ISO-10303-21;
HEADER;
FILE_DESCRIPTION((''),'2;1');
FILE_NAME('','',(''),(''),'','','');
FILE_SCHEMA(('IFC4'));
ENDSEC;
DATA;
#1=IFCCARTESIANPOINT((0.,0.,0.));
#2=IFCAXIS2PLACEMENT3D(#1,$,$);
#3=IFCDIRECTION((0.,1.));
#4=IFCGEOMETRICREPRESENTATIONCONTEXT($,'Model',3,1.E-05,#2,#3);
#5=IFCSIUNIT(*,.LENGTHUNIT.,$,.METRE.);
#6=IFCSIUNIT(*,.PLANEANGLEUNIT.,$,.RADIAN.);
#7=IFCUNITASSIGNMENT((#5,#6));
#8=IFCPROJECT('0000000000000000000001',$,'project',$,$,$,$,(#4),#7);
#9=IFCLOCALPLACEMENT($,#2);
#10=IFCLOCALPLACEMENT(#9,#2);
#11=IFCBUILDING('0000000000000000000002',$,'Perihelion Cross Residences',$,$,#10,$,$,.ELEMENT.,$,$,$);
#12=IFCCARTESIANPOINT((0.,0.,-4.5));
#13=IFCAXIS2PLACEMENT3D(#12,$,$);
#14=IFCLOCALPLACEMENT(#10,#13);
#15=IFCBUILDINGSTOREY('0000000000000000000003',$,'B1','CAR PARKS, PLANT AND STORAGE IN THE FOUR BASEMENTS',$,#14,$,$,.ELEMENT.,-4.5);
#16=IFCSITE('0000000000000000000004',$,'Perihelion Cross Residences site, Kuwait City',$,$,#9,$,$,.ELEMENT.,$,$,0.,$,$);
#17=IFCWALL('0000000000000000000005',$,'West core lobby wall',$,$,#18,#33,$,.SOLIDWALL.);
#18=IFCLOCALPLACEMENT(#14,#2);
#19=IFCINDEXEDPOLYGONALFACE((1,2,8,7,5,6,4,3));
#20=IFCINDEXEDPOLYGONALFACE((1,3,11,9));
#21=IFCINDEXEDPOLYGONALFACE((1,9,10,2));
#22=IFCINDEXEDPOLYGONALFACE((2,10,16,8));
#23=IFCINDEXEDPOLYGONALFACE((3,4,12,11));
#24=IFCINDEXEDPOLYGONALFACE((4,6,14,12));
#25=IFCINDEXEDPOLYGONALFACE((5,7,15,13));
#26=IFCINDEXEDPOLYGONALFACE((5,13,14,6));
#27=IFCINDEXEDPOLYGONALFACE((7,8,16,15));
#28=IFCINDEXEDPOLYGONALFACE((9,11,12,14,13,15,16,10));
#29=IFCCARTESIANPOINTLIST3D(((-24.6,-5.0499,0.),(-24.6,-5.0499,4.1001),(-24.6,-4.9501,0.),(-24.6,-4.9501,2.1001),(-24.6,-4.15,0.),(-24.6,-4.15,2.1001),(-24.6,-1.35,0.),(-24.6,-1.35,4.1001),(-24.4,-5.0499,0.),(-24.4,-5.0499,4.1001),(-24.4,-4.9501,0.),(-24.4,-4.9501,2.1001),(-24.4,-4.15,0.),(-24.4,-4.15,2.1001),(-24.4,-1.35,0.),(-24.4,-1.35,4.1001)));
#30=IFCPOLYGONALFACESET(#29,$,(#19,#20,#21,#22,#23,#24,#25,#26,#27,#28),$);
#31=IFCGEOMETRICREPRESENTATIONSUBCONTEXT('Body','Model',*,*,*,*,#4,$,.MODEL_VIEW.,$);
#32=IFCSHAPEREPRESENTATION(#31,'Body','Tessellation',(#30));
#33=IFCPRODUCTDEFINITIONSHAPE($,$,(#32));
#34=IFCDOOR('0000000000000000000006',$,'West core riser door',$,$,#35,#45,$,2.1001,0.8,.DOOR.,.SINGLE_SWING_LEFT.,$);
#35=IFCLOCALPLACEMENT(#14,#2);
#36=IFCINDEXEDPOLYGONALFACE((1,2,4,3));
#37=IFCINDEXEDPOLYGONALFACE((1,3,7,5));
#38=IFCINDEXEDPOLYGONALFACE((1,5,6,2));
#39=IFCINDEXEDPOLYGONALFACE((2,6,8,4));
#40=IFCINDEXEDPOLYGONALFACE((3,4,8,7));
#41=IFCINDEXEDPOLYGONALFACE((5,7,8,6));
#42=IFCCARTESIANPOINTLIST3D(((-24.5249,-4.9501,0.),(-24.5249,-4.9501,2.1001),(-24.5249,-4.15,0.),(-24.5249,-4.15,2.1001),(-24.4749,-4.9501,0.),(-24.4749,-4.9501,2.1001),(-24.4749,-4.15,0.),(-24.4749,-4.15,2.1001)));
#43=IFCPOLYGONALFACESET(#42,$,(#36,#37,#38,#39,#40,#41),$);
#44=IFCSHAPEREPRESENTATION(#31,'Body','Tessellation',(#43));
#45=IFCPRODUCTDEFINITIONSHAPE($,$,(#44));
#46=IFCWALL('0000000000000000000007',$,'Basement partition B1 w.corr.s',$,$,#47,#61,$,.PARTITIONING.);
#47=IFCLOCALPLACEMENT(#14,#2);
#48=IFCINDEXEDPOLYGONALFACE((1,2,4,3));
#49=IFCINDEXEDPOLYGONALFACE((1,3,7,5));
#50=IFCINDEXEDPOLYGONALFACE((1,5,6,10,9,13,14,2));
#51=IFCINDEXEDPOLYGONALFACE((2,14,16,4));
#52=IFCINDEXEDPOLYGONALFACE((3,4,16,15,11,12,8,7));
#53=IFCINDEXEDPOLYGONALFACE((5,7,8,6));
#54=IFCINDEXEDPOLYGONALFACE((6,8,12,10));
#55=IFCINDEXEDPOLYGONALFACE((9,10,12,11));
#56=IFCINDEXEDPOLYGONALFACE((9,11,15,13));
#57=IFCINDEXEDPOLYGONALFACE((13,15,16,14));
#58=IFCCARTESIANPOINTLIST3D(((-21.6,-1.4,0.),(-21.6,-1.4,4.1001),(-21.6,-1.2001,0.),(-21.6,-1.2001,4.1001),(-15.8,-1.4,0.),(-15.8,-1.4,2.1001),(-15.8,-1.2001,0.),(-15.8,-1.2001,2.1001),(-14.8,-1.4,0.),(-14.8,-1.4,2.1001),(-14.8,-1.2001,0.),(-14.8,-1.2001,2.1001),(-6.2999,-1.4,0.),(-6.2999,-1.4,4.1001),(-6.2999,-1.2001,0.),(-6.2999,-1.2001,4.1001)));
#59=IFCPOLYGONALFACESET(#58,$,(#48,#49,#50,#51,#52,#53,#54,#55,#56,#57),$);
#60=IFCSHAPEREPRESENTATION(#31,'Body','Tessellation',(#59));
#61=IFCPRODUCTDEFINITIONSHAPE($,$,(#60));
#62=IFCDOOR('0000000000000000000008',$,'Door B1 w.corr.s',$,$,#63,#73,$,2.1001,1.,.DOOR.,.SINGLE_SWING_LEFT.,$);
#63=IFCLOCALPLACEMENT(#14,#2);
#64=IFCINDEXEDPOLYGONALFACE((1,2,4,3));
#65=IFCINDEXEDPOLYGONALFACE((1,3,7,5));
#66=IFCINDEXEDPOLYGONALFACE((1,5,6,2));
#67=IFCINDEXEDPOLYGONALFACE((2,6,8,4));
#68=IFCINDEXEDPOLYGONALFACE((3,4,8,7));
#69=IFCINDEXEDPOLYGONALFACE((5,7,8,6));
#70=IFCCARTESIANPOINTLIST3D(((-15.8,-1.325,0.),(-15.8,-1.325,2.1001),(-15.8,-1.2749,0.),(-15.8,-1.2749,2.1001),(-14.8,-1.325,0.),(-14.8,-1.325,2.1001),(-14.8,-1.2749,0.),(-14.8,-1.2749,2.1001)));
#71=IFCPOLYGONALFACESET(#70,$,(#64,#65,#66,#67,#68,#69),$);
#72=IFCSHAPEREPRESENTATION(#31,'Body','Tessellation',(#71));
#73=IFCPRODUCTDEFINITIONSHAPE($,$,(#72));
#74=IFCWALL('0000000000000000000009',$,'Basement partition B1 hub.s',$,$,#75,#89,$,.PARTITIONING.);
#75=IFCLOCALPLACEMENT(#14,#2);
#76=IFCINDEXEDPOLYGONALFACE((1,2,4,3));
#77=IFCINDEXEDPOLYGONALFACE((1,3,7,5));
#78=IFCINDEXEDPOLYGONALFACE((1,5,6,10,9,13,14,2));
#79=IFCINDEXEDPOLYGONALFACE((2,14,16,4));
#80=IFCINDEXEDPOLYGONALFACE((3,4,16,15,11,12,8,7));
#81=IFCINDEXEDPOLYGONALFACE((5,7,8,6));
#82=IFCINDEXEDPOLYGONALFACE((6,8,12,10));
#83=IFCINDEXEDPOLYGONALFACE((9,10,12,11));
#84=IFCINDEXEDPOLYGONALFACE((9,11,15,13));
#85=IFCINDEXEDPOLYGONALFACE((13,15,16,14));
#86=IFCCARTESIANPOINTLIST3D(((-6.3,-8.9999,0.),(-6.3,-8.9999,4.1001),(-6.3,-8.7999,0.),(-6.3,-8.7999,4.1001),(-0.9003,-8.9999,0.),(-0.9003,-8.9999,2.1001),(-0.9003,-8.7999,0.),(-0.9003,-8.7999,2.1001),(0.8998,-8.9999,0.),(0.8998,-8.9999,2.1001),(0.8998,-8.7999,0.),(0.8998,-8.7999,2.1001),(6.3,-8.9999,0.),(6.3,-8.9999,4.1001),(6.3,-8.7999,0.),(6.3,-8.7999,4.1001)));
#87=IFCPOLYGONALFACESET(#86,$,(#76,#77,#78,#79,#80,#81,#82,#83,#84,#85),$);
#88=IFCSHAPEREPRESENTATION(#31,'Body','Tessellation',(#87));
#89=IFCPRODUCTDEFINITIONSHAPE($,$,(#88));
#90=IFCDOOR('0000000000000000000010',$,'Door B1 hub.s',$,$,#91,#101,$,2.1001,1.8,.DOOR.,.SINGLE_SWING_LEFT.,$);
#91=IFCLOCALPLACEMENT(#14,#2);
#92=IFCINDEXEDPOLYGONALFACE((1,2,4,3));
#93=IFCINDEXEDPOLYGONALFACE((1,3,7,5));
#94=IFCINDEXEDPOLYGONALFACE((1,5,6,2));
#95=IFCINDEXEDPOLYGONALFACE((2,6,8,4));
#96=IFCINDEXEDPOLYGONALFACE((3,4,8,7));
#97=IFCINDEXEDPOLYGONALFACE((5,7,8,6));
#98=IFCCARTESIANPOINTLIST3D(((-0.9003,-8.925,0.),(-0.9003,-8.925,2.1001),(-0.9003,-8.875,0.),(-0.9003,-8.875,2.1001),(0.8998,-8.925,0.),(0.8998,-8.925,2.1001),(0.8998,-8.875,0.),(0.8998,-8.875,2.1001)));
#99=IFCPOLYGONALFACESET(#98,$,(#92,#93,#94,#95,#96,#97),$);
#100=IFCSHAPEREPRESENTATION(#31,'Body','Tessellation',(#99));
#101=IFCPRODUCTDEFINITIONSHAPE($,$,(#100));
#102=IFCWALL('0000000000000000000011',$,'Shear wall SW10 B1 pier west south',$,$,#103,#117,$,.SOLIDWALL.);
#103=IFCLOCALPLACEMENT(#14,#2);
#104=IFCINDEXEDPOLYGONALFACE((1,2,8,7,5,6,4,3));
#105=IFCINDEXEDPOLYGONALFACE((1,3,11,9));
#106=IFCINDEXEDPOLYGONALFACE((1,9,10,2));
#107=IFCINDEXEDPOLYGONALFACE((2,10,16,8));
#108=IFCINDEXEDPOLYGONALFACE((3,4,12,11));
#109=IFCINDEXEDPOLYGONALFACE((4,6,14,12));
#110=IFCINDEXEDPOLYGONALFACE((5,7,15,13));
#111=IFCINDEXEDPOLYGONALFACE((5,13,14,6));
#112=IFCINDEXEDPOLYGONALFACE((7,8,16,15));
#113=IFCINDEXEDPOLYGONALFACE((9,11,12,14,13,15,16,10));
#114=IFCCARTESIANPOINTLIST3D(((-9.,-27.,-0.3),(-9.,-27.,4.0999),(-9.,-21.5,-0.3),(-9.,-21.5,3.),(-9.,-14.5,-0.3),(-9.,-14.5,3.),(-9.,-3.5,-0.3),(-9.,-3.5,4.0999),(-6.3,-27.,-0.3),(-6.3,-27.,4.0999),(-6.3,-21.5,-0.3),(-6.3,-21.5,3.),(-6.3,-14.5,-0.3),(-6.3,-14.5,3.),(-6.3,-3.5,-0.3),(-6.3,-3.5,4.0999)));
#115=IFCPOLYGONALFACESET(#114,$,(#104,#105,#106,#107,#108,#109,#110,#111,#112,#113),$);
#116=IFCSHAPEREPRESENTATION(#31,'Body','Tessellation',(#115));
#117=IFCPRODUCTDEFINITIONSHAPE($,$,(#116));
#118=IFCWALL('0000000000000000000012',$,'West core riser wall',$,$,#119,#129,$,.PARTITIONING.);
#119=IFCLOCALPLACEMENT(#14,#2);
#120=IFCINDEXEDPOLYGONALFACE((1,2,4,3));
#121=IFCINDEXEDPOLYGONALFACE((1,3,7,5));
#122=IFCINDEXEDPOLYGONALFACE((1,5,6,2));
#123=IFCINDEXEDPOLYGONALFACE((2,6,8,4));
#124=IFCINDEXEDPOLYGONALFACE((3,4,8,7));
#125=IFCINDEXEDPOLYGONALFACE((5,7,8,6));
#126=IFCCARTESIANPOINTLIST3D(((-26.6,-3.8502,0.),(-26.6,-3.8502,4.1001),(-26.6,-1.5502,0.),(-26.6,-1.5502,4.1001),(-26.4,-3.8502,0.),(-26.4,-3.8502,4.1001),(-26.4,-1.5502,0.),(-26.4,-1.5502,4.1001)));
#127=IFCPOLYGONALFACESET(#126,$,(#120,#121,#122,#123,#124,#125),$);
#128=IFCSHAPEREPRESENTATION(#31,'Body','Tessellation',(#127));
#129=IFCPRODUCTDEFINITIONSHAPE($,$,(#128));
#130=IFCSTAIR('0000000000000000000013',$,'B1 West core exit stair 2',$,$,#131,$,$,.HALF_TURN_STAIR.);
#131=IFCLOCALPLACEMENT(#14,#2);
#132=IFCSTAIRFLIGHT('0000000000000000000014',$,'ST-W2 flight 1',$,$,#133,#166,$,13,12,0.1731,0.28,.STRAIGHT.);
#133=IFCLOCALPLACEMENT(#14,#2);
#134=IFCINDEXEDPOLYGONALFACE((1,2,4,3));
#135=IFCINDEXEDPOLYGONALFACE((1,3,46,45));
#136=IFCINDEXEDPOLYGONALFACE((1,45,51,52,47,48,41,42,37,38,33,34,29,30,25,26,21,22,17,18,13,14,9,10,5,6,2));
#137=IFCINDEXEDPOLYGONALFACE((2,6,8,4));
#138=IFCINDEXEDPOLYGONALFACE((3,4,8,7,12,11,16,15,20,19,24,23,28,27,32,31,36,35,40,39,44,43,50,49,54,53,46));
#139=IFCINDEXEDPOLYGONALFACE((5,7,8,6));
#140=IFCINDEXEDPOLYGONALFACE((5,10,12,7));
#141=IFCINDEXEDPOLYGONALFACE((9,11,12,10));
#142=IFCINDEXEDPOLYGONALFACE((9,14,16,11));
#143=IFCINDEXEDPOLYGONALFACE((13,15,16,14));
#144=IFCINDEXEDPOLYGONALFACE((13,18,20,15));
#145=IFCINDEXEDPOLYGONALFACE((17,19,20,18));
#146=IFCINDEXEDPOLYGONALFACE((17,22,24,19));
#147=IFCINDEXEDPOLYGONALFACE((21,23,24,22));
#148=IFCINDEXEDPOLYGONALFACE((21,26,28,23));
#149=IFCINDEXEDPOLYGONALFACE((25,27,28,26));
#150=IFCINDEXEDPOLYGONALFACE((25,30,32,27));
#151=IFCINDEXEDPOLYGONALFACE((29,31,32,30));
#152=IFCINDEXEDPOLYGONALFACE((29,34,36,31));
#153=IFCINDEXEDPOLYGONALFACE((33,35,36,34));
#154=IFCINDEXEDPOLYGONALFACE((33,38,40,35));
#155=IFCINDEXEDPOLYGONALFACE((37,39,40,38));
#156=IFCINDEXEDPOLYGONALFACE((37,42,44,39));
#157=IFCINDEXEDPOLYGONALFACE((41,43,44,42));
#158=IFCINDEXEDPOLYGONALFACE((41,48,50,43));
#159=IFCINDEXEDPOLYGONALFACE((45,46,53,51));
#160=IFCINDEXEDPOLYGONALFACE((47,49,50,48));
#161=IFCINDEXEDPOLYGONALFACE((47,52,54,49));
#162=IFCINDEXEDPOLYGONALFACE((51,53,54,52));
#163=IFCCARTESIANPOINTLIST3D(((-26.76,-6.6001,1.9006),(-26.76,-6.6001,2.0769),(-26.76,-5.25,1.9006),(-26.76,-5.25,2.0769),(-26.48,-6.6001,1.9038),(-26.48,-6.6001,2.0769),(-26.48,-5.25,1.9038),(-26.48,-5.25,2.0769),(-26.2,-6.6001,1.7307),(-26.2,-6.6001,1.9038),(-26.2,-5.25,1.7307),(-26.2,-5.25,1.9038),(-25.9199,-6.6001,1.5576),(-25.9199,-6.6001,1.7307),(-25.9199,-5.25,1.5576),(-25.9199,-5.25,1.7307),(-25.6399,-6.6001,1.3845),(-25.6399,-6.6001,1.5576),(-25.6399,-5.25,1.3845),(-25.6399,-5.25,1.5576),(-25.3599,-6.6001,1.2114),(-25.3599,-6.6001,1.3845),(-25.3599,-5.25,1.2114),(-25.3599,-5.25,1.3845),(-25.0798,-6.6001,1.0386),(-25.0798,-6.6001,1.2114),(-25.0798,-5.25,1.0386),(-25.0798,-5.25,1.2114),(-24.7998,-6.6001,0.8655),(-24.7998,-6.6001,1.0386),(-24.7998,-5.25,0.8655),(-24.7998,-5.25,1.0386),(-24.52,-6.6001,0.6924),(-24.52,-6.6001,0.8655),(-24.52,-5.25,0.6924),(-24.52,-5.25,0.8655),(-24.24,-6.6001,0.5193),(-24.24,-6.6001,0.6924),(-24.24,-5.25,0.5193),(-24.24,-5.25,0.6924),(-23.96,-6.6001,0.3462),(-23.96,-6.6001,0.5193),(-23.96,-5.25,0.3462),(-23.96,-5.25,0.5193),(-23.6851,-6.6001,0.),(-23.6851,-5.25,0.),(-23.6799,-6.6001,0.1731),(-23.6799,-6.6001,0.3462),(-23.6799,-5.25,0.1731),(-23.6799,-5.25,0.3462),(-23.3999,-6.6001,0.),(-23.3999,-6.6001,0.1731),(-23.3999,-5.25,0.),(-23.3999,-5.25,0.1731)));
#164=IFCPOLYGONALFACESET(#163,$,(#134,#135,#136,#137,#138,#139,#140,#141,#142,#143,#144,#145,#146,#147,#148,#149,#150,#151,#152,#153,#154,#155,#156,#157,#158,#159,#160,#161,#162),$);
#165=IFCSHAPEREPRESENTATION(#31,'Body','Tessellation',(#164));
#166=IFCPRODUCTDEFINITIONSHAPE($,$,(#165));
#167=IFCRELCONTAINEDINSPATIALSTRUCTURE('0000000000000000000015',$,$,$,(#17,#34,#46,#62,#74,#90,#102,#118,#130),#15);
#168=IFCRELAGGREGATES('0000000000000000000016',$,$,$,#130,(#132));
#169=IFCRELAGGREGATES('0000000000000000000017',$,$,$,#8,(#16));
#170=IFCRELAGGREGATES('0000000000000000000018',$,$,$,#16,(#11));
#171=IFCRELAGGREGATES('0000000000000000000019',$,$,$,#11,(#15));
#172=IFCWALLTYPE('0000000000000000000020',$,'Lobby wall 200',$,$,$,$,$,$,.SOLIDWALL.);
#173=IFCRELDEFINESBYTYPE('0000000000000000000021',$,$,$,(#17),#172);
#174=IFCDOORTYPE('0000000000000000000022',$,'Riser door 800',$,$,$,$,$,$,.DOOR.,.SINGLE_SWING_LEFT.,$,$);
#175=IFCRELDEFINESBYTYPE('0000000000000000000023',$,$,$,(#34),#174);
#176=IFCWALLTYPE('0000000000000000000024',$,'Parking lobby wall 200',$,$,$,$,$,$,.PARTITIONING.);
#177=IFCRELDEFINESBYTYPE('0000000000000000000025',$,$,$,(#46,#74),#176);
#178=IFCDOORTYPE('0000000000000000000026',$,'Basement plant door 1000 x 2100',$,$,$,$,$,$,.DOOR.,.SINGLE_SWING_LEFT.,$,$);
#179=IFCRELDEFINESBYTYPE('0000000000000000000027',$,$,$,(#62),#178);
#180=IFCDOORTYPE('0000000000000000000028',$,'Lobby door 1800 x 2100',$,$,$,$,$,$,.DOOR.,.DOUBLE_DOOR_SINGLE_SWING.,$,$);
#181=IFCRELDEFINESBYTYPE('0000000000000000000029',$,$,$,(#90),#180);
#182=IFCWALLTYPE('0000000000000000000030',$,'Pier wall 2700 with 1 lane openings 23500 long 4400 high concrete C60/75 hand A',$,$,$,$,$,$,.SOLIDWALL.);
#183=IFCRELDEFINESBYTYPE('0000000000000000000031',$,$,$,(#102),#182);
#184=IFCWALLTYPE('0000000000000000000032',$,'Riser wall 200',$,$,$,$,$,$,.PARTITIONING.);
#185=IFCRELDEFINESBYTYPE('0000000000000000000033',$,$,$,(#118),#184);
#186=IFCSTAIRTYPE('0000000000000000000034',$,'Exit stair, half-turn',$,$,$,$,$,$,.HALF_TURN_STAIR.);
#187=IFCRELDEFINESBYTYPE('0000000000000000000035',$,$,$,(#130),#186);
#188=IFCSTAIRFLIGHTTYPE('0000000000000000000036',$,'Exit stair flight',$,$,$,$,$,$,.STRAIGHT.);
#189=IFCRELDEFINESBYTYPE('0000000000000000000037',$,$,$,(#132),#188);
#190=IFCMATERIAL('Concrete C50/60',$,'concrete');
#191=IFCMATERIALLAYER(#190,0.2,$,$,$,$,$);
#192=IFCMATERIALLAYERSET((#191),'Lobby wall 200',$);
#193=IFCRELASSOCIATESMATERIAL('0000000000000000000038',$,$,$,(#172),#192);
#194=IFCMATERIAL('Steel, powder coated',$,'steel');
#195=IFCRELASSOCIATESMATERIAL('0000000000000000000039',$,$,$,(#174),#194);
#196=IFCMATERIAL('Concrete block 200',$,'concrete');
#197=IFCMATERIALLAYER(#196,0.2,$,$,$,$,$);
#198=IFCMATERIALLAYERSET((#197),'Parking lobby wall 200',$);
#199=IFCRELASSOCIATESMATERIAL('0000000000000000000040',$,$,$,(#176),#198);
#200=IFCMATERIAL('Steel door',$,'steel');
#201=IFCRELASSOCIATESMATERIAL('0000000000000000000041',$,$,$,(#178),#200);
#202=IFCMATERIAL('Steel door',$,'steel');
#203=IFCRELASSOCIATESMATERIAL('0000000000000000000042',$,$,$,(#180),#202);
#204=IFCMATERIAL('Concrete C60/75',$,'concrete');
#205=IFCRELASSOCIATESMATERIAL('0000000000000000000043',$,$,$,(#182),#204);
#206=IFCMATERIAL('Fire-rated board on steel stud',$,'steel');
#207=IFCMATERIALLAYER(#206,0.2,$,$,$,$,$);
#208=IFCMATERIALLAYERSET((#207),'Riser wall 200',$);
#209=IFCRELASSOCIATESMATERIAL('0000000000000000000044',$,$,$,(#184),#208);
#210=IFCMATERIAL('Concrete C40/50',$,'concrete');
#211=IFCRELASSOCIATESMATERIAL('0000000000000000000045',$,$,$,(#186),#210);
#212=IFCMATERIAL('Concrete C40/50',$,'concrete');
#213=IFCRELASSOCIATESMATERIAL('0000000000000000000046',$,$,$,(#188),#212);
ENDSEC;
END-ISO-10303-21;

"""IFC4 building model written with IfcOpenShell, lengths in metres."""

from ifc_helpers import new_model, si_unit, direction, frame, frame_2d, origin, place, context, subcontext, project, spatial, polyline, rectangle, outline, extrude, material, layer, layer_set, material_profile, profile_set, type_object, element, fill, aggregate, save


model = new_model("IFC4")

# Units and contexts
model_context = context("Model", 3, precision=1e-05, world=origin(), true_north=direction((0.0, 1.0)))
body_context = subcontext(model_context, "Body", "Model", "MODEL_VIEW")
ifc_project = project(units=[si_unit("LENGTHUNIT", "METRE"), si_unit("PLANEANGLEUNIT", "RADIAN")], contexts=[model_context])

# Site, building, storey
site_placement = place(None, origin())
site = spatial("IfcSite", under=ifc_project, at=site_placement, Name="Perihelion Cross Residences site, Kuwait City", CompositionType="ELEMENT", RefElevation=0.0)
building_placement = place(site_placement, origin())
building = spatial("IfcBuilding", under=site, at=building_placement, Name="Perihelion Cross Residences", CompositionType="ELEMENT")
storey_placement = place(building_placement, frame((0.0, 0.0, -4.5)))
storey = spatial("IfcBuildingStorey", under=building, at=storey_placement, Name="B1", Description="CAR PARKS, PLANT AND STORAGE IN THE FOUR BASEMENTS", CompositionType="ELEMENT", Elevation=-4.5)

# Walls, openings, doors
ifc_material_1 = material(Name="Concrete C50/60", Category="concrete")
ifc_layer_1 = layer(ifc_material_1, 0.2)
ifc_layer_set_1 = layer_set([ifc_layer_1], Name="Lobby wall 200")
wall_type_1 = type_object("IfcWallType", Name="Lobby wall 200", PredefinedType="SOLIDWALL", material=ifc_layer_set_1)
wall_1_placement = place(storey_placement, frame((-24.5, -5.05, 0.0), z_axis=(0.0, 0.0, 1.0), x_axis=(0.0, 1.0, 0.0)))
wall_1 = element("IfcWall", 1, at=wall_1_placement, inside=storey, type_object=wall_type_1, Name="West core lobby wall", PredefinedType="SOLIDWALL", context=body_context, shape_type="SweptSolid", body=[
    extrude(rectangle(XDim=3.7, YDim=0.2, at=frame_2d((1.8501, 0.0))), origin(), (0.0, 0.0, 1.0), 4.1001),
])
opening_1_placement = place(wall_1_placement, frame((0.1001, 0.0, 0.0)))
opening_1 = element("IfcOpeningElement", 2, at=opening_1_placement, cuts=wall_1, PredefinedType="OPENING", context=body_context, shape_type="SweptSolid", body=[
    extrude(rectangle(XDim=0.8, YDim=2.1001, at=frame_2d((0.3999, 1.05))), frame((0.0, 0.1099, 0.0), z_axis=(0.0, -1.0, 0.0), x_axis=(1.0, 0.0, 0.0)), (0.0, 0.0, 1.0), 0.22),
])
ifc_material_2 = material(Name="Steel, powder coated", Category="steel")
door_type_1 = type_object("IfcDoorType", Name="Riser door 800", OperationType="SINGLE_SWING_LEFT", PredefinedType="DOOR", material=ifc_material_2)
door_1_placement = place(opening_1_placement, origin())
door_1 = element("IfcDoor", 3, at=door_1_placement, inside=storey, type_object=door_type_1, Name="West core riser door", OperationType="SINGLE_SWING_LEFT", OverallHeight=2.1001, OverallWidth=0.8, PredefinedType="DOOR", context=body_context, shape_type="SweptSolid", body=[
    extrude(rectangle(XDim=0.8, YDim=2.1001, at=frame_2d((0.3999, 1.05))), frame((0.0, 0.0249, 0.0), z_axis=(0.0, -1.0, 0.0), x_axis=(1.0, 0.0, 0.0)), (0.0, 0.0, 1.0), 0.05),
])
fill(opening_1, door_1)
ifc_material_3 = material(Name="Concrete block 200", Category="concrete")
ifc_layer_2 = layer(ifc_material_3, 0.2)
ifc_layer_set_2 = layer_set([ifc_layer_2], Name="Parking lobby wall 200")
wall_type_2 = type_object("IfcWallType", Name="Parking lobby wall 200", PredefinedType="PARTITIONING", material=ifc_layer_set_2)
wall_2_placement = place(storey_placement, frame((-6.3, -1.3, 0.0), z_axis=(0.0, 0.0, 1.0), x_axis=(-1.0, 0.0, 0.0)))
wall_2 = element("IfcWall", 4, at=wall_2_placement, inside=storey, type_object=wall_type_2, Name="Basement partition B1 w.corr.s", PredefinedType="PARTITIONING", context=body_context, shape_type="SweptSolid", body=[
    extrude(rectangle(XDim=15.3, YDim=0.2, at=frame_2d((7.6499, 0.0))), origin(), (0.0, 0.0, 1.0), 4.1001),
])
opening_2_placement = place(wall_2_placement, frame((8.5, 0.0, 0.0)))
opening_2 = element("IfcOpeningElement", 5, at=opening_2_placement, cuts=wall_2, PredefinedType="OPENING", context=body_context, shape_type="SweptSolid", body=[
    extrude(rectangle(XDim=1.0, YDim=2.1001, at=frame_2d((0.5, 1.05))), frame((0.0, 0.1099, 0.0), z_axis=(0.0, -1.0, 0.0), x_axis=(1.0, 0.0, 0.0)), (0.0, 0.0, 1.0), 0.22),
])
ifc_material_4 = material(Name="Steel door", Category="steel")
door_type_2 = type_object("IfcDoorType", Name="Basement plant door 1000 x 2100", OperationType="SINGLE_SWING_LEFT", PredefinedType="DOOR", material=ifc_material_4)
door_2_placement = place(opening_2_placement, origin())
door_2 = element("IfcDoor", 6, at=door_2_placement, inside=storey, type_object=door_type_2, Name="Door B1 w.corr.s", OperationType="SINGLE_SWING_LEFT", OverallHeight=2.1001, OverallWidth=1.0, PredefinedType="DOOR", context=body_context, shape_type="SweptSolid", body=[
    extrude(rectangle(XDim=1.0, YDim=2.1001, at=frame_2d((0.5, 1.05))), frame((0.0, 0.0249, 0.0), z_axis=(0.0, -1.0, 0.0), x_axis=(1.0, 0.0, 0.0)), (0.0, 0.0, 1.0), 0.05),
])
fill(opening_2, door_2)
wall_3_placement = place(storey_placement, frame((-6.3, -8.8999, 0.0), z_axis=(0.0, 0.0, 1.0), x_axis=(1.0, 0.0, 0.0)))
wall_3 = element("IfcWall", 7, at=wall_3_placement, inside=storey, type_object=wall_type_2, Name="Basement partition B1 hub.s", PredefinedType="PARTITIONING", context=body_context, shape_type="SweptSolid", body=[
    extrude(rectangle(XDim=12.6001, YDim=0.2, at=frame_2d((6.3, 0.0))), origin(), (0.0, 0.0, 1.0), 4.1001),
])
opening_3_placement = place(wall_3_placement, frame((5.3999, 0.0, 0.0)))
opening_3 = element("IfcOpeningElement", 8, at=opening_3_placement, cuts=wall_3, PredefinedType="OPENING", context=body_context, shape_type="SweptSolid", body=[
    extrude(rectangle(XDim=1.8, YDim=2.1001, at=frame_2d((0.8999, 1.05))), frame((0.0, 0.1099, 0.0), z_axis=(0.0, -1.0, 0.0), x_axis=(1.0, 0.0, 0.0)), (0.0, 0.0, 1.0), 0.22),
])
ifc_material_5 = material(Name="Steel door", Category="steel")
door_type_3 = type_object("IfcDoorType", Name="Lobby door 1800 x 2100", OperationType="DOUBLE_DOOR_SINGLE_SWING", PredefinedType="DOOR", material=ifc_material_5)
door_3_placement = place(opening_3_placement, origin())
door_3 = element("IfcDoor", 9, at=door_3_placement, inside=storey, type_object=door_type_3, Name="Door B1 hub.s", OperationType="SINGLE_SWING_LEFT", OverallHeight=2.1001, OverallWidth=1.8, PredefinedType="DOOR", context=body_context, shape_type="SweptSolid", body=[
    extrude(rectangle(XDim=1.8, YDim=2.1001, at=frame_2d((0.8999, 1.05))), frame((0.0, 0.0249, 0.0), z_axis=(0.0, -1.0, 0.0), x_axis=(1.0, 0.0, 0.0)), (0.0, 0.0, 1.0), 0.05),
])
fill(opening_3, door_3)

# Walls
ifc_material_6 = material(Name="Concrete C60/75", Category="concrete")
ifc_material_profile_1 = material_profile(ifc_material_6, outline(polyline([(0.0, 0.0), (5.5, 0.0), (5.5, 3.3), (12.5, 3.3), (12.5, 0.0), (23.5, 0.0), (23.5, 4.3999), (0.0, 4.3999), (0.0, 0.0)])), Name="Pier wall")
ifc_profile_set_1 = profile_set([ifc_material_profile_1], Name="Concrete C60/75")
wall_type_3 = type_object("IfcWallType", Name="Pier wall 2700 with 1 lane openings 23500 long 4400 high concrete C60/75 hand A", PredefinedType="SOLIDWALL", material=ifc_profile_set_1)
wall_4_placement = place(storey_placement, frame((-9.0, -27.0, -0.3), z_axis=(1.0, 0.0, 0.0), x_axis=(0.0, 1.0, 0.0)))
element("IfcWall", 10, at=wall_4_placement, inside=storey, type_object=wall_type_3, Name="Shear wall SW10 B1 pier west south", PredefinedType="SOLIDWALL", context=body_context, shape_type="SweptSolid", body=[
    extrude(outline(polyline([(0.0, 0.0), (5.5, 0.0), (5.5, 3.3), (12.5, 3.3), (12.5, 0.0), (23.5, 0.0), (23.5, 4.3999), (0.0, 4.3999), (0.0, 0.0)])), origin(), (0.0, 0.0, 1.0), 2.7),
])
ifc_material_7 = material(Name="Fire-rated board on steel stud", Category="steel")
ifc_layer_3 = layer(ifc_material_7, 0.2)
ifc_layer_set_3 = layer_set([ifc_layer_3], Name="Riser wall 200")
wall_type_4 = type_object("IfcWallType", Name="Riser wall 200", PredefinedType="PARTITIONING", material=ifc_layer_set_3)
wall_5_placement = place(storey_placement, frame((-26.5, -3.8501, 0.0), z_axis=(0.0, 0.0, 1.0), x_axis=(0.0, 1.0, 0.0)))
element("IfcWall", 11, at=wall_5_placement, inside=storey, type_object=wall_type_4, Name="West core riser wall", PredefinedType="PARTITIONING", context=body_context, shape_type="SweptSolid", body=[
    extrude(rectangle(XDim=2.3, YDim=0.2, at=frame_2d((1.1499, 0.0))), origin(), (0.0, 0.0, 1.0), 4.1001),
])

# Stair, stair flight
ifc_material_8 = material(Name="Concrete C40/50", Category="concrete")
stair_type = type_object("IfcStairType", Name="Exit stair, half-turn", PredefinedType="HALF_TURN_STAIR", material=ifc_material_8)
stair_placement = place(storey_placement, origin())
stair = element("IfcStair", 12, at=stair_placement, inside=storey, type_object=stair_type, Name="B1 West core exit stair 2", PredefinedType="HALF_TURN_STAIR")
ifc_material_9 = material(Name="Concrete C40/50", Category="concrete")
stair_flight_type = type_object("IfcStairFlightType", Name="Exit stair flight", PredefinedType="STRAIGHT", material=ifc_material_9)
stair_flight_1_placement = place(storey_placement, frame((-23.3999, -5.925, 0.0), z_axis=(0.0, 0.0, 1.0), x_axis=(-1.0, 0.0, 0.0)))
stair_flight_1 = element("IfcStairFlight", 13, at=stair_flight_1_placement, type_object=stair_flight_type, Name="ST-W2 flight 1", NumberOfRisers=13, NumberOfTreads=12, PredefinedType="STRAIGHT", RiserHeight=0.1731, TreadLength=0.28, context=body_context, shape_type="SweptSolid", body=[
    extrude(outline(polyline([(0.0, 0.0), (0.0, 0.1731), (0.28, 0.1731), (0.28, 0.3462), (0.5601, 0.3462), (0.5601, 0.5193), (0.8401, 0.5193), (0.8401, 0.6924), (1.1201, 0.6924), (1.1201, 0.8655), (1.3999, 0.8655), (1.3999, 1.0386), (1.6799, 1.0386), (1.6799, 1.2114), (1.96, 1.2114), (1.96, 1.3845), (2.24, 1.3845), (2.24, 1.5576), (2.52, 1.5576), (2.52, 1.7307), (2.8, 1.7307), (2.8, 1.9038), (3.0801, 1.9038), (3.0801, 2.0769), (3.3601, 2.0769), (3.3601, 2.25), (3.3601, 1.9006), (0.2852, 0.0), (0.0, 0.0)])), frame((0.0, 0.675, 0.0), z_axis=(0.0, -1.0, 0.0), x_axis=(1.0, 0.0, 0.0)), (0.0, 0.0, 1.0), 1.3501),
])
aggregate(stair, [stair_flight_1])

save(model, "model.ifc")
